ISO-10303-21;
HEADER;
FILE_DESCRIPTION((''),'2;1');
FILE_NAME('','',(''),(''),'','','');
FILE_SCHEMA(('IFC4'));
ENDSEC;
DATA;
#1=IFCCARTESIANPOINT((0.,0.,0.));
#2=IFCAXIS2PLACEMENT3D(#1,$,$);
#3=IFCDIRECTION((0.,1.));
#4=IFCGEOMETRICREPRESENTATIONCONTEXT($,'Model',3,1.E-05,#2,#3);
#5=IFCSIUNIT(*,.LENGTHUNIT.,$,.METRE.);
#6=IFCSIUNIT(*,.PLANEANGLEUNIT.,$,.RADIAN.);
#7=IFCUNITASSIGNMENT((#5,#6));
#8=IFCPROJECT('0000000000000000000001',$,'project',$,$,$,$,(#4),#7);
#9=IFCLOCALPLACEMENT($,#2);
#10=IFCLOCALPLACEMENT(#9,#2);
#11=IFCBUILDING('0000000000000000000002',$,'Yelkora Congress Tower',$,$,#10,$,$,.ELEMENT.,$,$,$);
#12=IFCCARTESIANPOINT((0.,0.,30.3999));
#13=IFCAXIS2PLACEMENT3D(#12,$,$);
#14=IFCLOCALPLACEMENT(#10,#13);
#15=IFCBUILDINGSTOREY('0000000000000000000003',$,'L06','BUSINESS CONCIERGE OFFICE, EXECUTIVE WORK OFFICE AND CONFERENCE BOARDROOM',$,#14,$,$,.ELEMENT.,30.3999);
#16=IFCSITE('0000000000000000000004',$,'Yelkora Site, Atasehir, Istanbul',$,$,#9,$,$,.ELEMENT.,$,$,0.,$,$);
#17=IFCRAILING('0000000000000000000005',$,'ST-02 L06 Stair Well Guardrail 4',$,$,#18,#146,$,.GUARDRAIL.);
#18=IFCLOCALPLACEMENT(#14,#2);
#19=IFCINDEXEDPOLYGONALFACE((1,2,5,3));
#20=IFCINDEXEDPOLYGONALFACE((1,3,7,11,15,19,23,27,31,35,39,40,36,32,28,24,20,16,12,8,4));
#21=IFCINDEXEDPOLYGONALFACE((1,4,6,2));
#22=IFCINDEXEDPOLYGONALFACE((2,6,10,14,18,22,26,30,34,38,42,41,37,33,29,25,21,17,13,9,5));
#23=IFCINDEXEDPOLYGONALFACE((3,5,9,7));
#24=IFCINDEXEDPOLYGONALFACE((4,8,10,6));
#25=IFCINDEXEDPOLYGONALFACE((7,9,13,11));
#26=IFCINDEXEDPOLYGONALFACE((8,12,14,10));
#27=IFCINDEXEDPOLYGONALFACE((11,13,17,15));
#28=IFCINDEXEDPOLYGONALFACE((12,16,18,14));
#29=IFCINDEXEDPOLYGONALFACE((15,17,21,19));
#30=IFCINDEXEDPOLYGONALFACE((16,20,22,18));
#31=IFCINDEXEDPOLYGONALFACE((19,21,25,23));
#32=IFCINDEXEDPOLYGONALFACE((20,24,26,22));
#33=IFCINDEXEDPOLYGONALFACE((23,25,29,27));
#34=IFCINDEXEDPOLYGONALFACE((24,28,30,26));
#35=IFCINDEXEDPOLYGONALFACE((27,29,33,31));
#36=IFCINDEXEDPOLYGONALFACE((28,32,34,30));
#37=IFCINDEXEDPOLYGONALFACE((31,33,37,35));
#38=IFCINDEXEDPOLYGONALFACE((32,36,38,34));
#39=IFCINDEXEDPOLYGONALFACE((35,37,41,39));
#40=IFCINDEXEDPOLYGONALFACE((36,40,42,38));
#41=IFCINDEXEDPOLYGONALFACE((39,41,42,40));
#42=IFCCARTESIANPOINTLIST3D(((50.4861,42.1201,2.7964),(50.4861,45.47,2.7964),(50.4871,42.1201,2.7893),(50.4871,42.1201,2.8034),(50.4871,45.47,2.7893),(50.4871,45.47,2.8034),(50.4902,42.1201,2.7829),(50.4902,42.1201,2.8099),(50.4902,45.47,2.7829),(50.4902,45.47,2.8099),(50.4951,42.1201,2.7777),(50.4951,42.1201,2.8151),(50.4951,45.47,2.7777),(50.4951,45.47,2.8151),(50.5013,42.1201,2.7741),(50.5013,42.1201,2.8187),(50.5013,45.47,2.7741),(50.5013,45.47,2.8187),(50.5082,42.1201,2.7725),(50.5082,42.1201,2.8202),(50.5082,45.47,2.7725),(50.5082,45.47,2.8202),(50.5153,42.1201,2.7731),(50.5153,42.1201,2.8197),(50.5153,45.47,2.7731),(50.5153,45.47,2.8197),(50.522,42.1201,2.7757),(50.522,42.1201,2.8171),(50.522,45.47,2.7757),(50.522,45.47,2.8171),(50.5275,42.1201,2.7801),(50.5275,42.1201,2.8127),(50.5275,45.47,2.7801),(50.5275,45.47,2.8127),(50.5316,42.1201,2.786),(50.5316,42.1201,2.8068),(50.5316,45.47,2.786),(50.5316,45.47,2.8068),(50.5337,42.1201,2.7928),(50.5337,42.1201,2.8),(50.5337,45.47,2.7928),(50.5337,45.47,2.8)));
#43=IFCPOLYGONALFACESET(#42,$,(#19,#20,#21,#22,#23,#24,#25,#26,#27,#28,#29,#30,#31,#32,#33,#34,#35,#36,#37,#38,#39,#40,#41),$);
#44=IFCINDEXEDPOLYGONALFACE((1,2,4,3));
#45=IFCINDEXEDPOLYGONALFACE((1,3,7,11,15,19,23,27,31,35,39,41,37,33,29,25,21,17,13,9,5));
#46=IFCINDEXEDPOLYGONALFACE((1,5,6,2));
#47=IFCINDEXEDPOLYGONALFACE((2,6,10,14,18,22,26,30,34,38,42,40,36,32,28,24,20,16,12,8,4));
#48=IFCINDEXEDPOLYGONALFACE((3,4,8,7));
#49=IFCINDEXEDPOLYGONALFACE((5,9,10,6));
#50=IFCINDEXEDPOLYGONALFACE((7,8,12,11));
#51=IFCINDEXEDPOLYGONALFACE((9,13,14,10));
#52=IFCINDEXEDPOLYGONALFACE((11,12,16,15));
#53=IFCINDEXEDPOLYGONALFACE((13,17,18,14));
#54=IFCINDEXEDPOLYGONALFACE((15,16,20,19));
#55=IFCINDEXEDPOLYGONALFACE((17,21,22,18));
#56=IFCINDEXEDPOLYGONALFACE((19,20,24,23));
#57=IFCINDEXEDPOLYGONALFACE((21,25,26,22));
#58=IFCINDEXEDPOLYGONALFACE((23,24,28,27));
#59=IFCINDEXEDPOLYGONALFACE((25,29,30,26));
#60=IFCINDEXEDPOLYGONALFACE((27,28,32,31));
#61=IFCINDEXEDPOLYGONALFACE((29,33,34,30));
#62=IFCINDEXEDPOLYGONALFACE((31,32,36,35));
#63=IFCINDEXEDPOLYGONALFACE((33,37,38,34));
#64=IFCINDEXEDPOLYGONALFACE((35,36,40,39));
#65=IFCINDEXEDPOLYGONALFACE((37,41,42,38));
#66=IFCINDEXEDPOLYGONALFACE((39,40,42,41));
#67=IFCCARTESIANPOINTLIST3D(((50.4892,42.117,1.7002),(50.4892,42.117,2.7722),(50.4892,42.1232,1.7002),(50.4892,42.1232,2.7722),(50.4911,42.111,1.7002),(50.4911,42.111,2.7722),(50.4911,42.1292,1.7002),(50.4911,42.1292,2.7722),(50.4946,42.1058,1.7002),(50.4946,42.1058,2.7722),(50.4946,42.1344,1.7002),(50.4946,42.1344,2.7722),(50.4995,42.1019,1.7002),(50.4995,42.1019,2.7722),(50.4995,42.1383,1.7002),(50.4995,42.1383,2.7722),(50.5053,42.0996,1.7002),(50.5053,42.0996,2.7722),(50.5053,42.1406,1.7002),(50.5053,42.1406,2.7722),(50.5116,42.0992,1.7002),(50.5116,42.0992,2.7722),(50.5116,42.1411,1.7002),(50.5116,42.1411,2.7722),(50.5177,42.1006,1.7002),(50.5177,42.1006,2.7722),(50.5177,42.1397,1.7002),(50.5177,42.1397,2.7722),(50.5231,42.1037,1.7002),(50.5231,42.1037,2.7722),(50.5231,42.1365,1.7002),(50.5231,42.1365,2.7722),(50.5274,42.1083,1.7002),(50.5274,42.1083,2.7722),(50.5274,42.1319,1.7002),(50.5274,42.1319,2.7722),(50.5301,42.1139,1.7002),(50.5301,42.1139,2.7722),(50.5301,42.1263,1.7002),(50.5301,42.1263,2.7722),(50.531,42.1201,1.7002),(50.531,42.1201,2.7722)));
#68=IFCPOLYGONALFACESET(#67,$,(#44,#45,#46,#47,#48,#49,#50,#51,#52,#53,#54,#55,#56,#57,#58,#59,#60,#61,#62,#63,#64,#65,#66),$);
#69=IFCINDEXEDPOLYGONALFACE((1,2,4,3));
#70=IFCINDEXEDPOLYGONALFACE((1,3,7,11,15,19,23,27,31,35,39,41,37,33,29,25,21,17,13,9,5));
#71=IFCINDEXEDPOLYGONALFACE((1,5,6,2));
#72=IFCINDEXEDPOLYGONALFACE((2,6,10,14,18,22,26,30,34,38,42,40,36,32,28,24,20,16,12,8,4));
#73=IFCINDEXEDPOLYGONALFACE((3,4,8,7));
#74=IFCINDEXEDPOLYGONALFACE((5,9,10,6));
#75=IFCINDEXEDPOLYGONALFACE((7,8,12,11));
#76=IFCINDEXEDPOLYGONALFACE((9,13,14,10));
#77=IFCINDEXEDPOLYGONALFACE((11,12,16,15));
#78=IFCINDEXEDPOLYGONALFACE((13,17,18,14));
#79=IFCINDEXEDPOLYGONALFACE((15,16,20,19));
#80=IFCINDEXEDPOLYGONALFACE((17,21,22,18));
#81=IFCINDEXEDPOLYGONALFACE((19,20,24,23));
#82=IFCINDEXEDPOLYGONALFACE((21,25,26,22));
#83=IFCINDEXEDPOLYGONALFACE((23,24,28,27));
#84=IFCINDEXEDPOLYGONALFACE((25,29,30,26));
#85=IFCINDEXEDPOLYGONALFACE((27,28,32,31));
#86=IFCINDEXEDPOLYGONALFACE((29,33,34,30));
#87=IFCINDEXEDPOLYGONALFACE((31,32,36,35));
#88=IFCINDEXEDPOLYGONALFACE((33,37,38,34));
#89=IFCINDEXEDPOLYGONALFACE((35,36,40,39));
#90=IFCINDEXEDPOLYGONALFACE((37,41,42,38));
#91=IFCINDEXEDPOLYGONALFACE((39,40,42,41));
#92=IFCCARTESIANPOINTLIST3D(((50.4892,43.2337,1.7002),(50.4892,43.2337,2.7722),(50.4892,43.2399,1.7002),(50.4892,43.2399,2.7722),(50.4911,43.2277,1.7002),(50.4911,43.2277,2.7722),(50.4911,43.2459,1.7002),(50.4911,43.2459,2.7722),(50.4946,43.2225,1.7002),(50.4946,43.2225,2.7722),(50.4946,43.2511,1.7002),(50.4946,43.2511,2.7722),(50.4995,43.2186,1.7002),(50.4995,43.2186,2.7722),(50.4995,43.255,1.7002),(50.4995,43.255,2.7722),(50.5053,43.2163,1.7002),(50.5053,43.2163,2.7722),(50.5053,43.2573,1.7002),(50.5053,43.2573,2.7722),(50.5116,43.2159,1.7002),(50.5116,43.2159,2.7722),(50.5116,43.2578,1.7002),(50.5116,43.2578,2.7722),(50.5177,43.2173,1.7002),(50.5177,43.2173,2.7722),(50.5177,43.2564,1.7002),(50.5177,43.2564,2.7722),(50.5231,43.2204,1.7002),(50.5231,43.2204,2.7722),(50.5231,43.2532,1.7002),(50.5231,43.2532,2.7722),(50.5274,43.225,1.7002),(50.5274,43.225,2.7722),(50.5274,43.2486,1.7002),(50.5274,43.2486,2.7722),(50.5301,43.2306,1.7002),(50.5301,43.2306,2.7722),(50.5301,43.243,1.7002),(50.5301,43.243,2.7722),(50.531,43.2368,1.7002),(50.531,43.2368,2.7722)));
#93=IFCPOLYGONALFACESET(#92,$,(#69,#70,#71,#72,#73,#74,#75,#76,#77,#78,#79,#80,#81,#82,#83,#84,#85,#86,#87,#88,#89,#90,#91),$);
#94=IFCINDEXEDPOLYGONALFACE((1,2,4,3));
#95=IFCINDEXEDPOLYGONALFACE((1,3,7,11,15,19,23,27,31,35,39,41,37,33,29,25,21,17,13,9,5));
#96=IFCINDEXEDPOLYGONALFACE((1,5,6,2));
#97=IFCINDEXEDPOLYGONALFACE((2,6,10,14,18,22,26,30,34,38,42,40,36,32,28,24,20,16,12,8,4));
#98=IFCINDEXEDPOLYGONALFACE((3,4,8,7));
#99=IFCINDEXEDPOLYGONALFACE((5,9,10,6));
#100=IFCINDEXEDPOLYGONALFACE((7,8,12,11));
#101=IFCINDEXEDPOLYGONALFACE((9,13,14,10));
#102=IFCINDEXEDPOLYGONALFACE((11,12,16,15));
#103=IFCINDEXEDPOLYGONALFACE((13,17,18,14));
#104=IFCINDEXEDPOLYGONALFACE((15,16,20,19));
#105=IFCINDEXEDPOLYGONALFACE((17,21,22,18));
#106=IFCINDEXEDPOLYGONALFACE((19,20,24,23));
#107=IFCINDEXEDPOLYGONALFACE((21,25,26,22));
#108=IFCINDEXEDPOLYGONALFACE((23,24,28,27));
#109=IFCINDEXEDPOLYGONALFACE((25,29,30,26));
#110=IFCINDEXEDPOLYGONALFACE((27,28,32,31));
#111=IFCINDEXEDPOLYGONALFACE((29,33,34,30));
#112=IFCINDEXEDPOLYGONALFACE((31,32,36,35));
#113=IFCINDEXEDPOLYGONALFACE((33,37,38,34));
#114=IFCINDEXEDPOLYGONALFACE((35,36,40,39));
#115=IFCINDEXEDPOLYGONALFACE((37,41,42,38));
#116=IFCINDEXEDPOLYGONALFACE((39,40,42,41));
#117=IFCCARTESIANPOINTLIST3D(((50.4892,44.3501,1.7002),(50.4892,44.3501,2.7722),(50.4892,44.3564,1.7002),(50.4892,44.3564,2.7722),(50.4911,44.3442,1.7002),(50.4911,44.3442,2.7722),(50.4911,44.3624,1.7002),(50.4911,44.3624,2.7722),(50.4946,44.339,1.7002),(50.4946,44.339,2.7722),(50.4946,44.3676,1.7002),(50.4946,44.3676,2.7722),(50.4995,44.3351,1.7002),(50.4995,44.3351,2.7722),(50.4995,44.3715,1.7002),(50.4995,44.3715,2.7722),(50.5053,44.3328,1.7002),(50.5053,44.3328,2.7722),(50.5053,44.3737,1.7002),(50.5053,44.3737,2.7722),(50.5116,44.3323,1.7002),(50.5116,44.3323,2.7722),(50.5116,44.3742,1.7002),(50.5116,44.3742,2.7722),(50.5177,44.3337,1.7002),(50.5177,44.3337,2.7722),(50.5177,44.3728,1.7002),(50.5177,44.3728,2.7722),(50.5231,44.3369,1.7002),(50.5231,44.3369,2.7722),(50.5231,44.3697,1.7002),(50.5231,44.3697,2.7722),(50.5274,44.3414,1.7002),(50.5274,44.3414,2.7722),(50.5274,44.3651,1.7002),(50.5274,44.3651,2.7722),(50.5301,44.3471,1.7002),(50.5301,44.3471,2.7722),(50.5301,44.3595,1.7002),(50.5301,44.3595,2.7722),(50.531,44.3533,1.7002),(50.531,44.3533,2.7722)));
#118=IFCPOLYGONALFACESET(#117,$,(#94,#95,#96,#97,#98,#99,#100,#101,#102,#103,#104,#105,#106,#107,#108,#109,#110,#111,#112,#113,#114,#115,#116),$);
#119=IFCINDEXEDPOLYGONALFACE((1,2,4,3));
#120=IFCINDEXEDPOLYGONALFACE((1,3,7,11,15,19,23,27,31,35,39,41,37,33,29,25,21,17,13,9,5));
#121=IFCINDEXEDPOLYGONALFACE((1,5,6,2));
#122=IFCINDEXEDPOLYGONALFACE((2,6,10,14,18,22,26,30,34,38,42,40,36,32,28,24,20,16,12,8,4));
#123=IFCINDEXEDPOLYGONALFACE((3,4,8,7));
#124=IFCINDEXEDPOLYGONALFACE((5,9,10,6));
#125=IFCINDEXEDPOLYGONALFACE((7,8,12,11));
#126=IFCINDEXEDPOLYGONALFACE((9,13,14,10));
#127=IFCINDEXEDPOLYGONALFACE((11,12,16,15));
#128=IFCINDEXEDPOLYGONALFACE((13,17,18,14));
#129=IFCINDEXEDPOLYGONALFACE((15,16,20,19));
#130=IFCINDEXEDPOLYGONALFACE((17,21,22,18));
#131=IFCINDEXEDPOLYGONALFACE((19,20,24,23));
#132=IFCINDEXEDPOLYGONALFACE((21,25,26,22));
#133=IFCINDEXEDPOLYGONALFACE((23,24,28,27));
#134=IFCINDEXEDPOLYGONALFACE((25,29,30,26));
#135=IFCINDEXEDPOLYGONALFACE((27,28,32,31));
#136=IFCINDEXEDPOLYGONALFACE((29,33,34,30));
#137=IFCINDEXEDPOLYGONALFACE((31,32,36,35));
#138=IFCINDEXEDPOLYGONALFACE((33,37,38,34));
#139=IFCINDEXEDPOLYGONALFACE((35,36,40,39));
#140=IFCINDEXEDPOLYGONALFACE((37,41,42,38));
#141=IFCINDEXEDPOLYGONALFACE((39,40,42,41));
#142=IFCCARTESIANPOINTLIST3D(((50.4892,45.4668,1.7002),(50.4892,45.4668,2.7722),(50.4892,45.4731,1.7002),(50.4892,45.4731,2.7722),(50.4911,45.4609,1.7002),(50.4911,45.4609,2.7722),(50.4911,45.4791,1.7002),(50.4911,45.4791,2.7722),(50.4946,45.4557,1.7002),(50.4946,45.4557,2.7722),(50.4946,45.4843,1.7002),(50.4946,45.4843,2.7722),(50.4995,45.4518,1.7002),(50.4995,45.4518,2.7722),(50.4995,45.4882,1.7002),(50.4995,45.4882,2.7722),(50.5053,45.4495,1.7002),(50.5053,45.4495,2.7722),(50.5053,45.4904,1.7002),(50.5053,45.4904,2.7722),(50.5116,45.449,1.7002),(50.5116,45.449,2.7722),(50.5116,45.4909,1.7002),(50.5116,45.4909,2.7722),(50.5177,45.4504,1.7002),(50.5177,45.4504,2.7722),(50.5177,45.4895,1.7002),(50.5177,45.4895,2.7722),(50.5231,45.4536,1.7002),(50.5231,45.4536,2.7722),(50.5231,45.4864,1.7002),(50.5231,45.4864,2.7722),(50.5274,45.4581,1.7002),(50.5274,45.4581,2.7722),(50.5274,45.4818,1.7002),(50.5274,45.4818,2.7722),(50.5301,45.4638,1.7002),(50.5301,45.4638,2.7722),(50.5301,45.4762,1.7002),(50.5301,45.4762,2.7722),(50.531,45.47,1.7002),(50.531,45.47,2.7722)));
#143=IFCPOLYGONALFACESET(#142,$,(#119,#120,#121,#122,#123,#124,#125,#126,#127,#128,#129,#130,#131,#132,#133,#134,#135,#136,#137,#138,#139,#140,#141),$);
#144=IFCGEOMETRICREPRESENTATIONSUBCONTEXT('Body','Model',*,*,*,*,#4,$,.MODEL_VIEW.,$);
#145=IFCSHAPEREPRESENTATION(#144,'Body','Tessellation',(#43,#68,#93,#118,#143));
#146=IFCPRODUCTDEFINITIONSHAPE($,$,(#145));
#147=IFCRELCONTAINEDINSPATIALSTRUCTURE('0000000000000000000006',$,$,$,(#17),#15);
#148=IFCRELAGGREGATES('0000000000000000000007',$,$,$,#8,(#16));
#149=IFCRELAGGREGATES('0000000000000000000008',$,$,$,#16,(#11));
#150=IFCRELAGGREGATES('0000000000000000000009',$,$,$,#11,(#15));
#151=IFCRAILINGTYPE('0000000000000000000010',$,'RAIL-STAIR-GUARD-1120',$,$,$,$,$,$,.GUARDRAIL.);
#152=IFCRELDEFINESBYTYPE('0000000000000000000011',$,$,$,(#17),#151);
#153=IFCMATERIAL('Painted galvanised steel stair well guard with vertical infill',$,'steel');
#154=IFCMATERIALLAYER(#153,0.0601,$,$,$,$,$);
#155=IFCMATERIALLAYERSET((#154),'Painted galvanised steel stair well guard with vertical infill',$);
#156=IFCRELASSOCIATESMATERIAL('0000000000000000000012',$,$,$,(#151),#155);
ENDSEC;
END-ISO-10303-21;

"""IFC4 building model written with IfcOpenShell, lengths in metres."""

from ifc_helpers import new_model, si_unit, direction, frame, origin, origin_2d, place, context, subcontext, project, spatial, circle, extrude, material, layer, layer_set, type_object, element, save


model = new_model("IFC4")

# Units and contexts
model_context = context("Model", 3, precision=1e-05, world=origin(), true_north=direction((0.0, 1.0)))
body_context = subcontext(model_context, "Body", "Model", "MODEL_VIEW")
ifc_project = project(units=[si_unit("LENGTHUNIT", "METRE"), si_unit("PLANEANGLEUNIT", "RADIAN")], contexts=[model_context])

# Site, building, storey
site_placement = place(None, origin())
site = spatial("IfcSite", under=ifc_project, at=site_placement, Name="Yelkora Site, Atasehir, Istanbul", CompositionType="ELEMENT", RefElevation=0.0)
building_placement = place(site_placement, origin())
building = spatial("IfcBuilding", under=site, at=building_placement, Name="Yelkora Congress Tower", CompositionType="ELEMENT")
storey_placement = place(building_placement, frame((0.0, 0.0, 30.3999)))
storey = spatial("IfcBuildingStorey", under=building, at=storey_placement, Name="L06", Description="BUSINESS CONCIERGE OFFICE, EXECUTIVE WORK OFFICE AND CONFERENCE BOARDROOM", CompositionType="ELEMENT", Elevation=30.3999)

# Railing
ifc_material_1 = material(Name="Painted galvanised steel stair well guard with vertical infill", Category="steel")
ifc_layer_1 = layer(ifc_material_1, 0.0601)
ifc_layer_set_1 = layer_set([ifc_layer_1], Name="Painted galvanised steel stair well guard with vertical infill")
railing_type_1 = type_object("IfcRailingType", Name="RAIL-STAIR-GUARD-1120", PredefinedType="GUARDRAIL", material=ifc_layer_set_1)
railing_1_placement = place(storey_placement, frame((50.51, 42.1201, 1.7002)))
element("IfcRailing", 1, at=railing_1_placement, inside=storey, type_object=railing_type_1, Name="ST-02 L06 Stair Well Guardrail 4", PredefinedType="GUARDRAIL", context=body_context, shape_type="SweptSolid", body=[
    extrude(circle(Radius=0.0239, at=origin_2d()), frame((0.0, 0.0, 1.0962), z_axis=(0.0, 1.0, 0.0), x_axis=(-1.0, 0.0, 0.0)), (0.0, 0.0, 1.0), 3.3499),
    extrude(circle(Radius=0.021, at=origin_2d()), origin(), (0.0, 0.0, 1.0), 1.072),
    extrude(circle(Radius=0.021, at=origin_2d()), frame((0.0, 1.1167, 0.0)), (0.0, 0.0, 1.0), 1.072),
    extrude(circle(Radius=0.021, at=origin_2d()), frame((0.0, 2.2332, 0.0)), (0.0, 0.0, 1.0), 1.072),
    extrude(circle(Radius=0.021, at=origin_2d()), frame((0.0, 3.3499, 0.0)), (0.0, 0.0, 1.0), 1.072),
])

save(model, "model.ifc")
